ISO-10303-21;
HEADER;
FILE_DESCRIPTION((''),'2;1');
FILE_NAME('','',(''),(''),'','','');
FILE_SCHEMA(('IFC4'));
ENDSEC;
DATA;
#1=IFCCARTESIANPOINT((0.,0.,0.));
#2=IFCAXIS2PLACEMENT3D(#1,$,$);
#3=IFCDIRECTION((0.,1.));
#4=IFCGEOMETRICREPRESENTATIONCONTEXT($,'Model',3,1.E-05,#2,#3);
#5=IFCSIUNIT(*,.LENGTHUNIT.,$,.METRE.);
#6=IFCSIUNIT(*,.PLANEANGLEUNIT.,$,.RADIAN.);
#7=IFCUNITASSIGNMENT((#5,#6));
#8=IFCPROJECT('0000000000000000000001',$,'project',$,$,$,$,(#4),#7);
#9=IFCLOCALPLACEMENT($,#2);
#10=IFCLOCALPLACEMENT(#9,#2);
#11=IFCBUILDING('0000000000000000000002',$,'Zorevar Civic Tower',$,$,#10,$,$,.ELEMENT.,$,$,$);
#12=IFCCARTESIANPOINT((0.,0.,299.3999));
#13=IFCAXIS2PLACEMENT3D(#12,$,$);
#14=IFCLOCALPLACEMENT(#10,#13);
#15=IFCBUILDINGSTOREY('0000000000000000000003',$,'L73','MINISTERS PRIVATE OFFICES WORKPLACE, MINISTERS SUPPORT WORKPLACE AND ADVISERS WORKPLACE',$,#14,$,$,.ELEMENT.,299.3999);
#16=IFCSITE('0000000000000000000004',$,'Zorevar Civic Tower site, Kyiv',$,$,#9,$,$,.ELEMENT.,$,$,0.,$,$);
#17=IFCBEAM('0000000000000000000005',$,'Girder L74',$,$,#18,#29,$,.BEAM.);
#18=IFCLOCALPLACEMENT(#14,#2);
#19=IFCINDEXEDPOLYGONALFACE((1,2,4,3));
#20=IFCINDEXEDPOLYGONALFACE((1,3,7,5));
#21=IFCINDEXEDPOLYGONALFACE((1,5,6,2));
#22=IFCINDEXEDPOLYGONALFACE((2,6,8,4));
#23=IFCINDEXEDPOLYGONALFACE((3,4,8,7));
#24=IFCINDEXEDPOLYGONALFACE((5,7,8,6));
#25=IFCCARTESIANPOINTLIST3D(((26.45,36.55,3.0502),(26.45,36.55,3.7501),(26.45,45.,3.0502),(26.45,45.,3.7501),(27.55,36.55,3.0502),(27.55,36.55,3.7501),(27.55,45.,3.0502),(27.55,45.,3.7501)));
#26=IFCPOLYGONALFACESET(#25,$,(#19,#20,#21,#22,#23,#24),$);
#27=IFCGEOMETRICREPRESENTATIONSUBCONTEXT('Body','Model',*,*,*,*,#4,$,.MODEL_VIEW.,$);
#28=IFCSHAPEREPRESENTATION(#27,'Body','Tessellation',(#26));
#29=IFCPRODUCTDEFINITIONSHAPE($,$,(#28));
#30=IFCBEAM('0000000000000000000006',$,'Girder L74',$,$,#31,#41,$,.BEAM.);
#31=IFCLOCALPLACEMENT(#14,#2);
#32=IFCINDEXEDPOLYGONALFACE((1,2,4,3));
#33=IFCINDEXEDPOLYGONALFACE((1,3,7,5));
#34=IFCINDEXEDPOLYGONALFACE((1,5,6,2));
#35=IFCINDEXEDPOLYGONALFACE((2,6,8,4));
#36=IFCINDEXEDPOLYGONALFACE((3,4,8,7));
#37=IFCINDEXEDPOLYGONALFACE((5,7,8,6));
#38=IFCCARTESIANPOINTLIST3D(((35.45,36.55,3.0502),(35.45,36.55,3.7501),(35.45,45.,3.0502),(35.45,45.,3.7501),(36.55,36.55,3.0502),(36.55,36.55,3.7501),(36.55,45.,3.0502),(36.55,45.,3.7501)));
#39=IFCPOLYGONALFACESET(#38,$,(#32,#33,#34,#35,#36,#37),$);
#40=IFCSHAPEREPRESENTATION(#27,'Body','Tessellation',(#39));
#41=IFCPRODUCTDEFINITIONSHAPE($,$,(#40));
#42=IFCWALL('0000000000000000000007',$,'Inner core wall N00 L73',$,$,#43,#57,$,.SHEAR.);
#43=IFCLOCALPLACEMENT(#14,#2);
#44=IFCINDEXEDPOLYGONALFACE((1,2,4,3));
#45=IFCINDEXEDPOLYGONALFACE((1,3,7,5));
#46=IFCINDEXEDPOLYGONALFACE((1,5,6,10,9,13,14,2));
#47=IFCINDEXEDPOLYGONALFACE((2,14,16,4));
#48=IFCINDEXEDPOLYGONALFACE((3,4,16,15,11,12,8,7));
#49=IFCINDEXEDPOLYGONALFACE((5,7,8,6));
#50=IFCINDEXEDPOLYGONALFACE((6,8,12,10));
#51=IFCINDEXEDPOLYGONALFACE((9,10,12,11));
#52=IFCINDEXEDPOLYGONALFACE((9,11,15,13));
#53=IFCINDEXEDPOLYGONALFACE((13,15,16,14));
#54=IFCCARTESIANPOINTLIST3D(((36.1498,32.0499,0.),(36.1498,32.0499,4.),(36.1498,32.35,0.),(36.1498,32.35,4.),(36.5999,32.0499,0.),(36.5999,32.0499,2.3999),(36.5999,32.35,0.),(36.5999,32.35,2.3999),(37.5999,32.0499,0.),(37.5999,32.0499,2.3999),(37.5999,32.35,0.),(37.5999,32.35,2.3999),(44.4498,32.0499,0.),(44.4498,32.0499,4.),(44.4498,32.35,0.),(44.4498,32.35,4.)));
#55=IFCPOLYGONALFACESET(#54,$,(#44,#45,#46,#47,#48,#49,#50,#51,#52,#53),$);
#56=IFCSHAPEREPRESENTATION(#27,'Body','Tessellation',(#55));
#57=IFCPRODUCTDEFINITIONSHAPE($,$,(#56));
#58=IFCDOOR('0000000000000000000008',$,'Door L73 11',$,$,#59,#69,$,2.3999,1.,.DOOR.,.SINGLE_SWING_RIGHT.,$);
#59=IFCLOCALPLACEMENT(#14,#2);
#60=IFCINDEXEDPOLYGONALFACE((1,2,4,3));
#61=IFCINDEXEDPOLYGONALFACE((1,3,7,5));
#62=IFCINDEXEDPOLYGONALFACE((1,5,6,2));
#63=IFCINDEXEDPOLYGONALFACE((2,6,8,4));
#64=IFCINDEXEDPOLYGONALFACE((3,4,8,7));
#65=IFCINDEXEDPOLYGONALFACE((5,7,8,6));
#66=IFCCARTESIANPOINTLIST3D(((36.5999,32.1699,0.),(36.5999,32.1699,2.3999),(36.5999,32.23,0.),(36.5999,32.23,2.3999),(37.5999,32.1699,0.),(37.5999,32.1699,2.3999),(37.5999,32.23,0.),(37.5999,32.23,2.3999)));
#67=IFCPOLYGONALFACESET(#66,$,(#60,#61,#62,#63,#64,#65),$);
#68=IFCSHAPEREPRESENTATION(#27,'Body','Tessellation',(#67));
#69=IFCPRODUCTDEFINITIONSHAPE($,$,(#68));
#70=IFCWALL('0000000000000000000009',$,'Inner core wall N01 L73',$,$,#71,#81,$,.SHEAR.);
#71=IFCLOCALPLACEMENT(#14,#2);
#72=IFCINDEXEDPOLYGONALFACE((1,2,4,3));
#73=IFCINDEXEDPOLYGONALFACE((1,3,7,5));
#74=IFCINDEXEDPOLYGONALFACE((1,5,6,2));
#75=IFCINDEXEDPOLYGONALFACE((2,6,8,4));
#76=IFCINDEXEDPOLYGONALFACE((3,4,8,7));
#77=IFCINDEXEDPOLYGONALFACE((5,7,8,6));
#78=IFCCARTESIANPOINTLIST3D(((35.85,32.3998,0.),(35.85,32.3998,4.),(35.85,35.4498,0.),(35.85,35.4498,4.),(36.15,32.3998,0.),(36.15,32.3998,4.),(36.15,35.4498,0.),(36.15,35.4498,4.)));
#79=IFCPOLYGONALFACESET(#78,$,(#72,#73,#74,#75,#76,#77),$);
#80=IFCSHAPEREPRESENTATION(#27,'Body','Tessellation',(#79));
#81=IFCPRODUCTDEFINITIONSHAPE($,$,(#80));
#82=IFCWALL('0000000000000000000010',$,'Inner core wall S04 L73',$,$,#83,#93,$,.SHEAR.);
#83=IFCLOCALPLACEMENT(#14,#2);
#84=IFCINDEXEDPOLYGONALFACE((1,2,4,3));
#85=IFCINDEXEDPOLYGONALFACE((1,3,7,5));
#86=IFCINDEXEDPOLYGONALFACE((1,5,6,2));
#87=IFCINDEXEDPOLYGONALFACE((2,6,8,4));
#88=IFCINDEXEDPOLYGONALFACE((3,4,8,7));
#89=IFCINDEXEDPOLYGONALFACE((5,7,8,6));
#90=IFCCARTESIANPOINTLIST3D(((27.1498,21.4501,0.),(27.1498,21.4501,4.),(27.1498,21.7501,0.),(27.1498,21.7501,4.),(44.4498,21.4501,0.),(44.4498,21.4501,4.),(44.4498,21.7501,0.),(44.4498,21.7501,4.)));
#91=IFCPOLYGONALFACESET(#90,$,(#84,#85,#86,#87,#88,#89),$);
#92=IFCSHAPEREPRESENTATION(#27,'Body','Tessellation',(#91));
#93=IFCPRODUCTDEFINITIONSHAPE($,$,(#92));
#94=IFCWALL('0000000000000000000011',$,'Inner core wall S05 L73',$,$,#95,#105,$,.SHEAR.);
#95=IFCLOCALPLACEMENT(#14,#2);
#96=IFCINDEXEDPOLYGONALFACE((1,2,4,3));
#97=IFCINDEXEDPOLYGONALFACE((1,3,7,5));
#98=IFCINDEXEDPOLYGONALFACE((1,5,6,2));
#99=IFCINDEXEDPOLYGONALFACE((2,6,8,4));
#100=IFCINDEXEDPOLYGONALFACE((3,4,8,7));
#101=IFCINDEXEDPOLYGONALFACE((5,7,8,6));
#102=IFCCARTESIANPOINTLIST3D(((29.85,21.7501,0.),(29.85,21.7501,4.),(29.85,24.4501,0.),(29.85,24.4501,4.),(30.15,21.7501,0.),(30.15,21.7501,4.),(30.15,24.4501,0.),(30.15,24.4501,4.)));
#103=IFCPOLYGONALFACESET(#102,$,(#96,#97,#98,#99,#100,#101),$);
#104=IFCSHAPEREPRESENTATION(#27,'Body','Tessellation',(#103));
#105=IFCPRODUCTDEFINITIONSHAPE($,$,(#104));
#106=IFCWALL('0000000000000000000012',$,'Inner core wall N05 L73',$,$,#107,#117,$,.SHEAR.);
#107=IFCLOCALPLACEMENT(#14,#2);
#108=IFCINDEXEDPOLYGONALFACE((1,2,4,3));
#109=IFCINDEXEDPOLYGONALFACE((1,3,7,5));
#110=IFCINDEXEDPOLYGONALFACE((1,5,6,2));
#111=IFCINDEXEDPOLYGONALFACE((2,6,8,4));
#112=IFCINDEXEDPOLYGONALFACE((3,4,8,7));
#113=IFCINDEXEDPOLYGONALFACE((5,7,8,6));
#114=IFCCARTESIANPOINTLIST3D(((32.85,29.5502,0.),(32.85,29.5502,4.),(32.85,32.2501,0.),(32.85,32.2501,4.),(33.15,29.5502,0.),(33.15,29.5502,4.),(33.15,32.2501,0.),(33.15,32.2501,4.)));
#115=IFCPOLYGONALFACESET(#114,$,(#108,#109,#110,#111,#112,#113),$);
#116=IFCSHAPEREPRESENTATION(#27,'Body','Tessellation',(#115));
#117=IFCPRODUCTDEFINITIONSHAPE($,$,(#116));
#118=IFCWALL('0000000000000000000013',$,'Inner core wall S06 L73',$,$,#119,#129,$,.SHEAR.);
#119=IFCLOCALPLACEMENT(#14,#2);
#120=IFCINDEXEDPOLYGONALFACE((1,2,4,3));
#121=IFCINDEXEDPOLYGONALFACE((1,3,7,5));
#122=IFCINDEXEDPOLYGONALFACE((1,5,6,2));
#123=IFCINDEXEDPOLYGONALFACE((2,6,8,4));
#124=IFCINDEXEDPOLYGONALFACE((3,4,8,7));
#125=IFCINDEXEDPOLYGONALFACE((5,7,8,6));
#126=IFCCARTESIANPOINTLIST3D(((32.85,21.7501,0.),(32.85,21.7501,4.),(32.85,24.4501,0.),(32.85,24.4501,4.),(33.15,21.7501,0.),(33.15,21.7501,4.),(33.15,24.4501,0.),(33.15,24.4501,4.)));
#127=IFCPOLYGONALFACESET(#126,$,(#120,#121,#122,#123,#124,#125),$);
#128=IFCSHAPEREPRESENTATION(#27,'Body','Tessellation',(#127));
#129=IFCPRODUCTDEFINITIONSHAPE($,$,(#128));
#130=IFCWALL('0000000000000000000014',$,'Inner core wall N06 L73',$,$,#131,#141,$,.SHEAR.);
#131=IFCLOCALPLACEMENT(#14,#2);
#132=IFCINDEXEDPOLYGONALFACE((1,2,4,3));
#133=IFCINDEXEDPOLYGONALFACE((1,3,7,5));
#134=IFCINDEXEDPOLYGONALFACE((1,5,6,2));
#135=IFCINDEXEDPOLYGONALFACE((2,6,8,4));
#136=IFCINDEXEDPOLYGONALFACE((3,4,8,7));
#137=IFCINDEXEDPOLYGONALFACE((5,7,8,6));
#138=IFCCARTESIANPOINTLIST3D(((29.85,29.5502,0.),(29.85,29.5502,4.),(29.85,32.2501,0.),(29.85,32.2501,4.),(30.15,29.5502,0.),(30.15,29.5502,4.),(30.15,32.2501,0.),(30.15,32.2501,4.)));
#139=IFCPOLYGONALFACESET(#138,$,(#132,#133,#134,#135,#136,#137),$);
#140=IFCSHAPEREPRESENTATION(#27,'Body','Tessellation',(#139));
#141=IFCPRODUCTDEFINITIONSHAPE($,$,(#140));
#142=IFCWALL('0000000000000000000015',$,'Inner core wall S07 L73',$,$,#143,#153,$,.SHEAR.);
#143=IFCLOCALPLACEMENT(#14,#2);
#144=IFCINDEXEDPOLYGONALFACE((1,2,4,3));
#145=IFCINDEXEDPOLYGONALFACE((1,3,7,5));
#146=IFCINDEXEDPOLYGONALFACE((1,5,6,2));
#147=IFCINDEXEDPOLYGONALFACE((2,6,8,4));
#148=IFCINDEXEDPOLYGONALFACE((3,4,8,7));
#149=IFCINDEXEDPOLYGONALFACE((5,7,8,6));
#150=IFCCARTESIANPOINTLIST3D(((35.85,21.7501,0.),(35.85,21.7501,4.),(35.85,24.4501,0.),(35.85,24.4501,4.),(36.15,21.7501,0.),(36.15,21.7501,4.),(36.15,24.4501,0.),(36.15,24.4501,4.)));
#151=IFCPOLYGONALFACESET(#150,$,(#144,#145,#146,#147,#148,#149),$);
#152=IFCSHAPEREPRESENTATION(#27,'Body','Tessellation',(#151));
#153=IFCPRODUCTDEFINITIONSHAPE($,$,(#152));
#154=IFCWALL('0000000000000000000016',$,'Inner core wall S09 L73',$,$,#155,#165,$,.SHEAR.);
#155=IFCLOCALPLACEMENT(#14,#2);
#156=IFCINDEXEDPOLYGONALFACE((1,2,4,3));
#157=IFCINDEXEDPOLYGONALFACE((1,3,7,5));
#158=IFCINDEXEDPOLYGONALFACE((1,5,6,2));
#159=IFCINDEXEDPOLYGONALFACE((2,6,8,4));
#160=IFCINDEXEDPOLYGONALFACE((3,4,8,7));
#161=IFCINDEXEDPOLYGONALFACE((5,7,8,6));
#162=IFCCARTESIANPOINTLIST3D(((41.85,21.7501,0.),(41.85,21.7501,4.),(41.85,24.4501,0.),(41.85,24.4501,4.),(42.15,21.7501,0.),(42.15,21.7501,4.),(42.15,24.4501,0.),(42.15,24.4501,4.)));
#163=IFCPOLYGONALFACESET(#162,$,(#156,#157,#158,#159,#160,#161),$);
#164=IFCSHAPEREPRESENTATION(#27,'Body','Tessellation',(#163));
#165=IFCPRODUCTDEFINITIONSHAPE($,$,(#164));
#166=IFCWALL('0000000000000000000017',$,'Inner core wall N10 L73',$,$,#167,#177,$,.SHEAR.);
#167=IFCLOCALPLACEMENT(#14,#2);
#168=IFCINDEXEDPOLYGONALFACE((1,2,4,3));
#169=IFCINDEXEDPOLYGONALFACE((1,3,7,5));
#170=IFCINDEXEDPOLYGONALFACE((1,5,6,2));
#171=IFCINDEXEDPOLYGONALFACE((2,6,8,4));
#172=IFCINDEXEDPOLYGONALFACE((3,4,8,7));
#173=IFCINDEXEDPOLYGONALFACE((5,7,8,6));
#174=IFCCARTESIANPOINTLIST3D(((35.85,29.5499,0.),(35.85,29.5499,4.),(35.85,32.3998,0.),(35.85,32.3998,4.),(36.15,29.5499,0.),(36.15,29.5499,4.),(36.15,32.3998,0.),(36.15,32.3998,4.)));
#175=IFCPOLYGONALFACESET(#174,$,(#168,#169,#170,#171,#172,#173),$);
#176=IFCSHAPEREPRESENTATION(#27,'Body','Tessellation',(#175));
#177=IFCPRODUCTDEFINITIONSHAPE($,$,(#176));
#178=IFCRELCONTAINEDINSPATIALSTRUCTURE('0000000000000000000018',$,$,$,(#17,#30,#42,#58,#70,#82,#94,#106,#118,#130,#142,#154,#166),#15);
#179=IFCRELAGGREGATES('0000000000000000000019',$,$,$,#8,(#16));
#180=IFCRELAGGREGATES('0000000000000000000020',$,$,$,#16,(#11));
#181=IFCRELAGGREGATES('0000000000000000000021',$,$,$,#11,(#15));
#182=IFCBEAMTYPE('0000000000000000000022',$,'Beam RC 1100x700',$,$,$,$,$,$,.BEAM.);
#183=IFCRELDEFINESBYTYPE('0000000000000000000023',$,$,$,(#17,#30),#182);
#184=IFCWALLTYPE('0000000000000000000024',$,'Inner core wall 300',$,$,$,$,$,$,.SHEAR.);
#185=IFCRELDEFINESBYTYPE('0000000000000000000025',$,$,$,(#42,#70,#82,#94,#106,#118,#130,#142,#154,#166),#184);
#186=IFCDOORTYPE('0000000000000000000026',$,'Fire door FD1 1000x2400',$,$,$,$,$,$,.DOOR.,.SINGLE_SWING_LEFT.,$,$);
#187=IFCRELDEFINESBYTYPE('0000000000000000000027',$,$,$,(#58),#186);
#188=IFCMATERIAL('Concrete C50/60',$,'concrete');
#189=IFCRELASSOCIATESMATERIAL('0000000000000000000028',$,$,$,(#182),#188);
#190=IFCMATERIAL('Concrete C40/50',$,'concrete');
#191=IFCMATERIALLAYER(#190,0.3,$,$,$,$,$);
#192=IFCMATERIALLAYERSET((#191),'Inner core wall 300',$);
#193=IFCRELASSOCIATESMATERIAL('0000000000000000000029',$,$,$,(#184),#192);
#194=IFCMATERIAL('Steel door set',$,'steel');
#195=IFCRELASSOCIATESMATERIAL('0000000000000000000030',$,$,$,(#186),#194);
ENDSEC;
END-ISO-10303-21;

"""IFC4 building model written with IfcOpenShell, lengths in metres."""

from ifc_helpers import new_model, si_unit, direction, frame, frame_2d, origin, origin_2d, place, context, subcontext, project, spatial, rectangle, extrude, material, layer, layer_set, material_profile, profile_set, type_object, element, fill, save


model = new_model("IFC4")

# Units and contexts
model_context = context("Model", 3, precision=1e-05, world=origin(), true_north=direction((0.0, 1.0)))
body_context = subcontext(model_context, "Body", "Model", "MODEL_VIEW")
ifc_project = project(units=[si_unit("LENGTHUNIT", "METRE"), si_unit("PLANEANGLEUNIT", "RADIAN")], contexts=[model_context])

# Site, building, storey
site_placement = place(None, origin())
site = spatial("IfcSite", under=ifc_project, at=site_placement, Name="Zorevar Civic Tower site, Kyiv", CompositionType="ELEMENT", RefElevation=0.0)
building_placement = place(site_placement, origin())
building = spatial("IfcBuilding", under=site, at=building_placement, Name="Zorevar Civic Tower", CompositionType="ELEMENT")
storey_placement = place(building_placement, frame((0.0, 0.0, 299.3999)))
storey = spatial("IfcBuildingStorey", under=building, at=storey_placement, Name="L73", Description="MINISTERS PRIVATE OFFICES WORKPLACE, MINISTERS SUPPORT WORKPLACE AND ADVISERS WORKPLACE", CompositionType="ELEMENT", Elevation=299.3999)

# Beams
ifc_material_1 = material(Name="Concrete C50/60", Category="concrete")
ifc_material_profile = material_profile(ifc_material_1, rectangle(XDim=1.1001, YDim=0.7, at=origin_2d()), Name="RC 1100x700")
ifc_profile_set = profile_set([ifc_material_profile], Name="Concrete C50/60")
beam_type = type_object("IfcBeamType", Name="Beam RC 1100x700", PredefinedType="BEAM", material=ifc_profile_set)
for number, where, z_axis, x_axis, name in (
    (1, (27.0, 36.55, 3.4001), (0.0, 1.0, 0.0), (-1.0, 0.0, 0.0), "Girder L74"),
    (2, (36.0, 36.55, 3.4001), (0.0, 1.0, 0.0), (-1.0, 0.0, 0.0), "Girder L74"),
):
    element("IfcBeam", number, at=place(storey_placement, frame(where, z_axis=z_axis, x_axis=x_axis)), inside=storey, type_object=beam_type, Name=name, PredefinedType="BEAM", context=body_context, shape_type="SweptSolid", body=[
        extrude(rectangle(XDim=1.1001, YDim=0.7, at=origin_2d()), origin(), (0.0, 0.0, 1.0), 8.45),
    ])

# Wall, opening, door
ifc_material_2 = material(Name="Concrete C40/50", Category="concrete")
ifc_layer_1 = layer(ifc_material_2, 0.3)
ifc_layer_set_1 = layer_set([ifc_layer_1], Name="Inner core wall 300")
wall_type_1 = type_object("IfcWallType", Name="Inner core wall 300", PredefinedType="SHEAR", material=ifc_layer_set_1)
wall_1_placement = place(storey_placement, frame((36.1499, 32.2, 0.0), z_axis=(0.0, 0.0, 1.0), x_axis=(1.0, 0.0, 0.0)))
wall_1 = element("IfcWall", 3, at=wall_1_placement, inside=storey, type_object=wall_type_1, Name="Inner core wall N00 L73", PredefinedType="SHEAR", context=body_context, shape_type="SweptSolid", body=[
    extrude(rectangle(XDim=8.3, YDim=0.3, at=frame_2d((4.1499, 0.0))), origin(), (0.0, 0.0, 1.0), 4.0),
])
opening_1_placement = place(wall_1_placement, frame((0.45, 0.0, 0.0)))
opening_1 = element("IfcOpeningElement", 4, at=opening_1_placement, cuts=wall_1, PredefinedType="OPENING", context=body_context, shape_type="SweptSolid", body=[
    extrude(rectangle(XDim=1.0, YDim=2.3999, at=frame_2d((0.5, 1.2))), frame((0.0, 0.1599, 0.0), z_axis=(0.0, -1.0, 0.0), x_axis=(1.0, 0.0, 0.0)), (0.0, 0.0, 1.0), 0.3201),
])
ifc_material_3 = material(Name="Steel door set", Category="steel")
door_type_1 = type_object("IfcDoorType", Name="Fire door FD1 1000x2400", OperationType="SINGLE_SWING_LEFT", PredefinedType="DOOR", material=ifc_material_3)
door_1_placement = place(opening_1_placement, origin())
door_1 = element("IfcDoor", 5, at=door_1_placement, inside=storey, type_object=door_type_1, Name="Door L73 11", OperationType="SINGLE_SWING_RIGHT", OverallHeight=2.3999, OverallWidth=1.0, PredefinedType="DOOR", context=body_context, shape_type="SweptSolid", body=[
    extrude(rectangle(XDim=1.0, YDim=2.3999, at=frame_2d((0.5, 1.2))), frame((0.0, 0.03, 0.0), z_axis=(0.0, -1.0, 0.0), x_axis=(1.0, 0.0, 0.0)), (0.0, 0.0, 1.0), 0.0601),
])
fill(opening_1, door_1)

# Wall
wall_2_placement = place(storey_placement, frame((36.0, 32.3999, 0.0), z_axis=(0.0, 0.0, 1.0), x_axis=(0.0, 1.0, 0.0)))
element("IfcWall", 6, at=wall_2_placement, inside=storey, type_object=wall_type_1, Name="Inner core wall N01 L73", PredefinedType="SHEAR", context=body_context, shape_type="SweptSolid", body=[
    extrude(rectangle(XDim=3.05, YDim=0.3, at=frame_2d((1.5249, 0.0))), origin(), (0.0, 0.0, 1.0), 4.0),
])

# Walls
wall_3_placement = place(storey_placement, frame((27.1499, 21.6001, 0.0), z_axis=(0.0, 0.0, 1.0), x_axis=(1.0, 0.0, 0.0)))
element("IfcWall", 7, at=wall_3_placement, inside=storey, type_object=wall_type_1, Name="Inner core wall S04 L73", PredefinedType="SHEAR", context=body_context, shape_type="SweptSolid", body=[
    extrude(rectangle(XDim=17.3, YDim=0.3, at=frame_2d((8.6499, 0.0))), origin(), (0.0, 0.0, 1.0), 4.0),
])
for number, where, z_axis, x_axis, name in (
    (8, (30.0, 21.75, 0.0), (0.0, 0.0, 1.0), (0.0, 1.0, 0.0), "Inner core wall S05 L73"),
    (9, (33.0, 29.55, 0.0), (0.0, 0.0, 1.0), (0.0, 1.0, 0.0), "Inner core wall N05 L73"),
    (10, (33.0, 21.75, 0.0), (0.0, 0.0, 1.0), (0.0, 1.0, 0.0), "Inner core wall S06 L73"),
    (11, (30.0, 29.55, 0.0), (0.0, 0.0, 1.0), (0.0, 1.0, 0.0), "Inner core wall N06 L73"),
    (12, (36.0, 21.75, 0.0), (0.0, 0.0, 1.0), (0.0, 1.0, 0.0), "Inner core wall S07 L73"),
    (13, (42.0, 21.75, 0.0), (0.0, 0.0, 1.0), (0.0, 1.0, 0.0), "Inner core wall S09 L73"),
):
    element("IfcWall", number, at=place(storey_placement, frame(where, z_axis=z_axis, x_axis=x_axis)), inside=storey, type_object=wall_type_1, Name=name, PredefinedType="SHEAR", context=body_context, shape_type="SweptSolid", body=[
        extrude(rectangle(XDim=2.7, YDim=0.3, at=frame_2d((1.3501, 0.0))), origin(), (0.0, 0.0, 1.0), 4.0),
    ])
wall_4_placement = place(storey_placement, frame((36.0, 29.55, 0.0), z_axis=(0.0, 0.0, 1.0), x_axis=(0.0, 1.0, 0.0)))
element("IfcWall", 14, at=wall_4_placement, inside=storey, type_object=wall_type_1, Name="Inner core wall N10 L73", PredefinedType="SHEAR", context=body_context, shape_type="SweptSolid", body=[
    extrude(rectangle(XDim=2.8499, YDim=0.3, at=frame_2d((1.4248, 0.0))), origin(), (0.0, 0.0, 1.0), 4.0),
])

save(model, "model.ifc")
